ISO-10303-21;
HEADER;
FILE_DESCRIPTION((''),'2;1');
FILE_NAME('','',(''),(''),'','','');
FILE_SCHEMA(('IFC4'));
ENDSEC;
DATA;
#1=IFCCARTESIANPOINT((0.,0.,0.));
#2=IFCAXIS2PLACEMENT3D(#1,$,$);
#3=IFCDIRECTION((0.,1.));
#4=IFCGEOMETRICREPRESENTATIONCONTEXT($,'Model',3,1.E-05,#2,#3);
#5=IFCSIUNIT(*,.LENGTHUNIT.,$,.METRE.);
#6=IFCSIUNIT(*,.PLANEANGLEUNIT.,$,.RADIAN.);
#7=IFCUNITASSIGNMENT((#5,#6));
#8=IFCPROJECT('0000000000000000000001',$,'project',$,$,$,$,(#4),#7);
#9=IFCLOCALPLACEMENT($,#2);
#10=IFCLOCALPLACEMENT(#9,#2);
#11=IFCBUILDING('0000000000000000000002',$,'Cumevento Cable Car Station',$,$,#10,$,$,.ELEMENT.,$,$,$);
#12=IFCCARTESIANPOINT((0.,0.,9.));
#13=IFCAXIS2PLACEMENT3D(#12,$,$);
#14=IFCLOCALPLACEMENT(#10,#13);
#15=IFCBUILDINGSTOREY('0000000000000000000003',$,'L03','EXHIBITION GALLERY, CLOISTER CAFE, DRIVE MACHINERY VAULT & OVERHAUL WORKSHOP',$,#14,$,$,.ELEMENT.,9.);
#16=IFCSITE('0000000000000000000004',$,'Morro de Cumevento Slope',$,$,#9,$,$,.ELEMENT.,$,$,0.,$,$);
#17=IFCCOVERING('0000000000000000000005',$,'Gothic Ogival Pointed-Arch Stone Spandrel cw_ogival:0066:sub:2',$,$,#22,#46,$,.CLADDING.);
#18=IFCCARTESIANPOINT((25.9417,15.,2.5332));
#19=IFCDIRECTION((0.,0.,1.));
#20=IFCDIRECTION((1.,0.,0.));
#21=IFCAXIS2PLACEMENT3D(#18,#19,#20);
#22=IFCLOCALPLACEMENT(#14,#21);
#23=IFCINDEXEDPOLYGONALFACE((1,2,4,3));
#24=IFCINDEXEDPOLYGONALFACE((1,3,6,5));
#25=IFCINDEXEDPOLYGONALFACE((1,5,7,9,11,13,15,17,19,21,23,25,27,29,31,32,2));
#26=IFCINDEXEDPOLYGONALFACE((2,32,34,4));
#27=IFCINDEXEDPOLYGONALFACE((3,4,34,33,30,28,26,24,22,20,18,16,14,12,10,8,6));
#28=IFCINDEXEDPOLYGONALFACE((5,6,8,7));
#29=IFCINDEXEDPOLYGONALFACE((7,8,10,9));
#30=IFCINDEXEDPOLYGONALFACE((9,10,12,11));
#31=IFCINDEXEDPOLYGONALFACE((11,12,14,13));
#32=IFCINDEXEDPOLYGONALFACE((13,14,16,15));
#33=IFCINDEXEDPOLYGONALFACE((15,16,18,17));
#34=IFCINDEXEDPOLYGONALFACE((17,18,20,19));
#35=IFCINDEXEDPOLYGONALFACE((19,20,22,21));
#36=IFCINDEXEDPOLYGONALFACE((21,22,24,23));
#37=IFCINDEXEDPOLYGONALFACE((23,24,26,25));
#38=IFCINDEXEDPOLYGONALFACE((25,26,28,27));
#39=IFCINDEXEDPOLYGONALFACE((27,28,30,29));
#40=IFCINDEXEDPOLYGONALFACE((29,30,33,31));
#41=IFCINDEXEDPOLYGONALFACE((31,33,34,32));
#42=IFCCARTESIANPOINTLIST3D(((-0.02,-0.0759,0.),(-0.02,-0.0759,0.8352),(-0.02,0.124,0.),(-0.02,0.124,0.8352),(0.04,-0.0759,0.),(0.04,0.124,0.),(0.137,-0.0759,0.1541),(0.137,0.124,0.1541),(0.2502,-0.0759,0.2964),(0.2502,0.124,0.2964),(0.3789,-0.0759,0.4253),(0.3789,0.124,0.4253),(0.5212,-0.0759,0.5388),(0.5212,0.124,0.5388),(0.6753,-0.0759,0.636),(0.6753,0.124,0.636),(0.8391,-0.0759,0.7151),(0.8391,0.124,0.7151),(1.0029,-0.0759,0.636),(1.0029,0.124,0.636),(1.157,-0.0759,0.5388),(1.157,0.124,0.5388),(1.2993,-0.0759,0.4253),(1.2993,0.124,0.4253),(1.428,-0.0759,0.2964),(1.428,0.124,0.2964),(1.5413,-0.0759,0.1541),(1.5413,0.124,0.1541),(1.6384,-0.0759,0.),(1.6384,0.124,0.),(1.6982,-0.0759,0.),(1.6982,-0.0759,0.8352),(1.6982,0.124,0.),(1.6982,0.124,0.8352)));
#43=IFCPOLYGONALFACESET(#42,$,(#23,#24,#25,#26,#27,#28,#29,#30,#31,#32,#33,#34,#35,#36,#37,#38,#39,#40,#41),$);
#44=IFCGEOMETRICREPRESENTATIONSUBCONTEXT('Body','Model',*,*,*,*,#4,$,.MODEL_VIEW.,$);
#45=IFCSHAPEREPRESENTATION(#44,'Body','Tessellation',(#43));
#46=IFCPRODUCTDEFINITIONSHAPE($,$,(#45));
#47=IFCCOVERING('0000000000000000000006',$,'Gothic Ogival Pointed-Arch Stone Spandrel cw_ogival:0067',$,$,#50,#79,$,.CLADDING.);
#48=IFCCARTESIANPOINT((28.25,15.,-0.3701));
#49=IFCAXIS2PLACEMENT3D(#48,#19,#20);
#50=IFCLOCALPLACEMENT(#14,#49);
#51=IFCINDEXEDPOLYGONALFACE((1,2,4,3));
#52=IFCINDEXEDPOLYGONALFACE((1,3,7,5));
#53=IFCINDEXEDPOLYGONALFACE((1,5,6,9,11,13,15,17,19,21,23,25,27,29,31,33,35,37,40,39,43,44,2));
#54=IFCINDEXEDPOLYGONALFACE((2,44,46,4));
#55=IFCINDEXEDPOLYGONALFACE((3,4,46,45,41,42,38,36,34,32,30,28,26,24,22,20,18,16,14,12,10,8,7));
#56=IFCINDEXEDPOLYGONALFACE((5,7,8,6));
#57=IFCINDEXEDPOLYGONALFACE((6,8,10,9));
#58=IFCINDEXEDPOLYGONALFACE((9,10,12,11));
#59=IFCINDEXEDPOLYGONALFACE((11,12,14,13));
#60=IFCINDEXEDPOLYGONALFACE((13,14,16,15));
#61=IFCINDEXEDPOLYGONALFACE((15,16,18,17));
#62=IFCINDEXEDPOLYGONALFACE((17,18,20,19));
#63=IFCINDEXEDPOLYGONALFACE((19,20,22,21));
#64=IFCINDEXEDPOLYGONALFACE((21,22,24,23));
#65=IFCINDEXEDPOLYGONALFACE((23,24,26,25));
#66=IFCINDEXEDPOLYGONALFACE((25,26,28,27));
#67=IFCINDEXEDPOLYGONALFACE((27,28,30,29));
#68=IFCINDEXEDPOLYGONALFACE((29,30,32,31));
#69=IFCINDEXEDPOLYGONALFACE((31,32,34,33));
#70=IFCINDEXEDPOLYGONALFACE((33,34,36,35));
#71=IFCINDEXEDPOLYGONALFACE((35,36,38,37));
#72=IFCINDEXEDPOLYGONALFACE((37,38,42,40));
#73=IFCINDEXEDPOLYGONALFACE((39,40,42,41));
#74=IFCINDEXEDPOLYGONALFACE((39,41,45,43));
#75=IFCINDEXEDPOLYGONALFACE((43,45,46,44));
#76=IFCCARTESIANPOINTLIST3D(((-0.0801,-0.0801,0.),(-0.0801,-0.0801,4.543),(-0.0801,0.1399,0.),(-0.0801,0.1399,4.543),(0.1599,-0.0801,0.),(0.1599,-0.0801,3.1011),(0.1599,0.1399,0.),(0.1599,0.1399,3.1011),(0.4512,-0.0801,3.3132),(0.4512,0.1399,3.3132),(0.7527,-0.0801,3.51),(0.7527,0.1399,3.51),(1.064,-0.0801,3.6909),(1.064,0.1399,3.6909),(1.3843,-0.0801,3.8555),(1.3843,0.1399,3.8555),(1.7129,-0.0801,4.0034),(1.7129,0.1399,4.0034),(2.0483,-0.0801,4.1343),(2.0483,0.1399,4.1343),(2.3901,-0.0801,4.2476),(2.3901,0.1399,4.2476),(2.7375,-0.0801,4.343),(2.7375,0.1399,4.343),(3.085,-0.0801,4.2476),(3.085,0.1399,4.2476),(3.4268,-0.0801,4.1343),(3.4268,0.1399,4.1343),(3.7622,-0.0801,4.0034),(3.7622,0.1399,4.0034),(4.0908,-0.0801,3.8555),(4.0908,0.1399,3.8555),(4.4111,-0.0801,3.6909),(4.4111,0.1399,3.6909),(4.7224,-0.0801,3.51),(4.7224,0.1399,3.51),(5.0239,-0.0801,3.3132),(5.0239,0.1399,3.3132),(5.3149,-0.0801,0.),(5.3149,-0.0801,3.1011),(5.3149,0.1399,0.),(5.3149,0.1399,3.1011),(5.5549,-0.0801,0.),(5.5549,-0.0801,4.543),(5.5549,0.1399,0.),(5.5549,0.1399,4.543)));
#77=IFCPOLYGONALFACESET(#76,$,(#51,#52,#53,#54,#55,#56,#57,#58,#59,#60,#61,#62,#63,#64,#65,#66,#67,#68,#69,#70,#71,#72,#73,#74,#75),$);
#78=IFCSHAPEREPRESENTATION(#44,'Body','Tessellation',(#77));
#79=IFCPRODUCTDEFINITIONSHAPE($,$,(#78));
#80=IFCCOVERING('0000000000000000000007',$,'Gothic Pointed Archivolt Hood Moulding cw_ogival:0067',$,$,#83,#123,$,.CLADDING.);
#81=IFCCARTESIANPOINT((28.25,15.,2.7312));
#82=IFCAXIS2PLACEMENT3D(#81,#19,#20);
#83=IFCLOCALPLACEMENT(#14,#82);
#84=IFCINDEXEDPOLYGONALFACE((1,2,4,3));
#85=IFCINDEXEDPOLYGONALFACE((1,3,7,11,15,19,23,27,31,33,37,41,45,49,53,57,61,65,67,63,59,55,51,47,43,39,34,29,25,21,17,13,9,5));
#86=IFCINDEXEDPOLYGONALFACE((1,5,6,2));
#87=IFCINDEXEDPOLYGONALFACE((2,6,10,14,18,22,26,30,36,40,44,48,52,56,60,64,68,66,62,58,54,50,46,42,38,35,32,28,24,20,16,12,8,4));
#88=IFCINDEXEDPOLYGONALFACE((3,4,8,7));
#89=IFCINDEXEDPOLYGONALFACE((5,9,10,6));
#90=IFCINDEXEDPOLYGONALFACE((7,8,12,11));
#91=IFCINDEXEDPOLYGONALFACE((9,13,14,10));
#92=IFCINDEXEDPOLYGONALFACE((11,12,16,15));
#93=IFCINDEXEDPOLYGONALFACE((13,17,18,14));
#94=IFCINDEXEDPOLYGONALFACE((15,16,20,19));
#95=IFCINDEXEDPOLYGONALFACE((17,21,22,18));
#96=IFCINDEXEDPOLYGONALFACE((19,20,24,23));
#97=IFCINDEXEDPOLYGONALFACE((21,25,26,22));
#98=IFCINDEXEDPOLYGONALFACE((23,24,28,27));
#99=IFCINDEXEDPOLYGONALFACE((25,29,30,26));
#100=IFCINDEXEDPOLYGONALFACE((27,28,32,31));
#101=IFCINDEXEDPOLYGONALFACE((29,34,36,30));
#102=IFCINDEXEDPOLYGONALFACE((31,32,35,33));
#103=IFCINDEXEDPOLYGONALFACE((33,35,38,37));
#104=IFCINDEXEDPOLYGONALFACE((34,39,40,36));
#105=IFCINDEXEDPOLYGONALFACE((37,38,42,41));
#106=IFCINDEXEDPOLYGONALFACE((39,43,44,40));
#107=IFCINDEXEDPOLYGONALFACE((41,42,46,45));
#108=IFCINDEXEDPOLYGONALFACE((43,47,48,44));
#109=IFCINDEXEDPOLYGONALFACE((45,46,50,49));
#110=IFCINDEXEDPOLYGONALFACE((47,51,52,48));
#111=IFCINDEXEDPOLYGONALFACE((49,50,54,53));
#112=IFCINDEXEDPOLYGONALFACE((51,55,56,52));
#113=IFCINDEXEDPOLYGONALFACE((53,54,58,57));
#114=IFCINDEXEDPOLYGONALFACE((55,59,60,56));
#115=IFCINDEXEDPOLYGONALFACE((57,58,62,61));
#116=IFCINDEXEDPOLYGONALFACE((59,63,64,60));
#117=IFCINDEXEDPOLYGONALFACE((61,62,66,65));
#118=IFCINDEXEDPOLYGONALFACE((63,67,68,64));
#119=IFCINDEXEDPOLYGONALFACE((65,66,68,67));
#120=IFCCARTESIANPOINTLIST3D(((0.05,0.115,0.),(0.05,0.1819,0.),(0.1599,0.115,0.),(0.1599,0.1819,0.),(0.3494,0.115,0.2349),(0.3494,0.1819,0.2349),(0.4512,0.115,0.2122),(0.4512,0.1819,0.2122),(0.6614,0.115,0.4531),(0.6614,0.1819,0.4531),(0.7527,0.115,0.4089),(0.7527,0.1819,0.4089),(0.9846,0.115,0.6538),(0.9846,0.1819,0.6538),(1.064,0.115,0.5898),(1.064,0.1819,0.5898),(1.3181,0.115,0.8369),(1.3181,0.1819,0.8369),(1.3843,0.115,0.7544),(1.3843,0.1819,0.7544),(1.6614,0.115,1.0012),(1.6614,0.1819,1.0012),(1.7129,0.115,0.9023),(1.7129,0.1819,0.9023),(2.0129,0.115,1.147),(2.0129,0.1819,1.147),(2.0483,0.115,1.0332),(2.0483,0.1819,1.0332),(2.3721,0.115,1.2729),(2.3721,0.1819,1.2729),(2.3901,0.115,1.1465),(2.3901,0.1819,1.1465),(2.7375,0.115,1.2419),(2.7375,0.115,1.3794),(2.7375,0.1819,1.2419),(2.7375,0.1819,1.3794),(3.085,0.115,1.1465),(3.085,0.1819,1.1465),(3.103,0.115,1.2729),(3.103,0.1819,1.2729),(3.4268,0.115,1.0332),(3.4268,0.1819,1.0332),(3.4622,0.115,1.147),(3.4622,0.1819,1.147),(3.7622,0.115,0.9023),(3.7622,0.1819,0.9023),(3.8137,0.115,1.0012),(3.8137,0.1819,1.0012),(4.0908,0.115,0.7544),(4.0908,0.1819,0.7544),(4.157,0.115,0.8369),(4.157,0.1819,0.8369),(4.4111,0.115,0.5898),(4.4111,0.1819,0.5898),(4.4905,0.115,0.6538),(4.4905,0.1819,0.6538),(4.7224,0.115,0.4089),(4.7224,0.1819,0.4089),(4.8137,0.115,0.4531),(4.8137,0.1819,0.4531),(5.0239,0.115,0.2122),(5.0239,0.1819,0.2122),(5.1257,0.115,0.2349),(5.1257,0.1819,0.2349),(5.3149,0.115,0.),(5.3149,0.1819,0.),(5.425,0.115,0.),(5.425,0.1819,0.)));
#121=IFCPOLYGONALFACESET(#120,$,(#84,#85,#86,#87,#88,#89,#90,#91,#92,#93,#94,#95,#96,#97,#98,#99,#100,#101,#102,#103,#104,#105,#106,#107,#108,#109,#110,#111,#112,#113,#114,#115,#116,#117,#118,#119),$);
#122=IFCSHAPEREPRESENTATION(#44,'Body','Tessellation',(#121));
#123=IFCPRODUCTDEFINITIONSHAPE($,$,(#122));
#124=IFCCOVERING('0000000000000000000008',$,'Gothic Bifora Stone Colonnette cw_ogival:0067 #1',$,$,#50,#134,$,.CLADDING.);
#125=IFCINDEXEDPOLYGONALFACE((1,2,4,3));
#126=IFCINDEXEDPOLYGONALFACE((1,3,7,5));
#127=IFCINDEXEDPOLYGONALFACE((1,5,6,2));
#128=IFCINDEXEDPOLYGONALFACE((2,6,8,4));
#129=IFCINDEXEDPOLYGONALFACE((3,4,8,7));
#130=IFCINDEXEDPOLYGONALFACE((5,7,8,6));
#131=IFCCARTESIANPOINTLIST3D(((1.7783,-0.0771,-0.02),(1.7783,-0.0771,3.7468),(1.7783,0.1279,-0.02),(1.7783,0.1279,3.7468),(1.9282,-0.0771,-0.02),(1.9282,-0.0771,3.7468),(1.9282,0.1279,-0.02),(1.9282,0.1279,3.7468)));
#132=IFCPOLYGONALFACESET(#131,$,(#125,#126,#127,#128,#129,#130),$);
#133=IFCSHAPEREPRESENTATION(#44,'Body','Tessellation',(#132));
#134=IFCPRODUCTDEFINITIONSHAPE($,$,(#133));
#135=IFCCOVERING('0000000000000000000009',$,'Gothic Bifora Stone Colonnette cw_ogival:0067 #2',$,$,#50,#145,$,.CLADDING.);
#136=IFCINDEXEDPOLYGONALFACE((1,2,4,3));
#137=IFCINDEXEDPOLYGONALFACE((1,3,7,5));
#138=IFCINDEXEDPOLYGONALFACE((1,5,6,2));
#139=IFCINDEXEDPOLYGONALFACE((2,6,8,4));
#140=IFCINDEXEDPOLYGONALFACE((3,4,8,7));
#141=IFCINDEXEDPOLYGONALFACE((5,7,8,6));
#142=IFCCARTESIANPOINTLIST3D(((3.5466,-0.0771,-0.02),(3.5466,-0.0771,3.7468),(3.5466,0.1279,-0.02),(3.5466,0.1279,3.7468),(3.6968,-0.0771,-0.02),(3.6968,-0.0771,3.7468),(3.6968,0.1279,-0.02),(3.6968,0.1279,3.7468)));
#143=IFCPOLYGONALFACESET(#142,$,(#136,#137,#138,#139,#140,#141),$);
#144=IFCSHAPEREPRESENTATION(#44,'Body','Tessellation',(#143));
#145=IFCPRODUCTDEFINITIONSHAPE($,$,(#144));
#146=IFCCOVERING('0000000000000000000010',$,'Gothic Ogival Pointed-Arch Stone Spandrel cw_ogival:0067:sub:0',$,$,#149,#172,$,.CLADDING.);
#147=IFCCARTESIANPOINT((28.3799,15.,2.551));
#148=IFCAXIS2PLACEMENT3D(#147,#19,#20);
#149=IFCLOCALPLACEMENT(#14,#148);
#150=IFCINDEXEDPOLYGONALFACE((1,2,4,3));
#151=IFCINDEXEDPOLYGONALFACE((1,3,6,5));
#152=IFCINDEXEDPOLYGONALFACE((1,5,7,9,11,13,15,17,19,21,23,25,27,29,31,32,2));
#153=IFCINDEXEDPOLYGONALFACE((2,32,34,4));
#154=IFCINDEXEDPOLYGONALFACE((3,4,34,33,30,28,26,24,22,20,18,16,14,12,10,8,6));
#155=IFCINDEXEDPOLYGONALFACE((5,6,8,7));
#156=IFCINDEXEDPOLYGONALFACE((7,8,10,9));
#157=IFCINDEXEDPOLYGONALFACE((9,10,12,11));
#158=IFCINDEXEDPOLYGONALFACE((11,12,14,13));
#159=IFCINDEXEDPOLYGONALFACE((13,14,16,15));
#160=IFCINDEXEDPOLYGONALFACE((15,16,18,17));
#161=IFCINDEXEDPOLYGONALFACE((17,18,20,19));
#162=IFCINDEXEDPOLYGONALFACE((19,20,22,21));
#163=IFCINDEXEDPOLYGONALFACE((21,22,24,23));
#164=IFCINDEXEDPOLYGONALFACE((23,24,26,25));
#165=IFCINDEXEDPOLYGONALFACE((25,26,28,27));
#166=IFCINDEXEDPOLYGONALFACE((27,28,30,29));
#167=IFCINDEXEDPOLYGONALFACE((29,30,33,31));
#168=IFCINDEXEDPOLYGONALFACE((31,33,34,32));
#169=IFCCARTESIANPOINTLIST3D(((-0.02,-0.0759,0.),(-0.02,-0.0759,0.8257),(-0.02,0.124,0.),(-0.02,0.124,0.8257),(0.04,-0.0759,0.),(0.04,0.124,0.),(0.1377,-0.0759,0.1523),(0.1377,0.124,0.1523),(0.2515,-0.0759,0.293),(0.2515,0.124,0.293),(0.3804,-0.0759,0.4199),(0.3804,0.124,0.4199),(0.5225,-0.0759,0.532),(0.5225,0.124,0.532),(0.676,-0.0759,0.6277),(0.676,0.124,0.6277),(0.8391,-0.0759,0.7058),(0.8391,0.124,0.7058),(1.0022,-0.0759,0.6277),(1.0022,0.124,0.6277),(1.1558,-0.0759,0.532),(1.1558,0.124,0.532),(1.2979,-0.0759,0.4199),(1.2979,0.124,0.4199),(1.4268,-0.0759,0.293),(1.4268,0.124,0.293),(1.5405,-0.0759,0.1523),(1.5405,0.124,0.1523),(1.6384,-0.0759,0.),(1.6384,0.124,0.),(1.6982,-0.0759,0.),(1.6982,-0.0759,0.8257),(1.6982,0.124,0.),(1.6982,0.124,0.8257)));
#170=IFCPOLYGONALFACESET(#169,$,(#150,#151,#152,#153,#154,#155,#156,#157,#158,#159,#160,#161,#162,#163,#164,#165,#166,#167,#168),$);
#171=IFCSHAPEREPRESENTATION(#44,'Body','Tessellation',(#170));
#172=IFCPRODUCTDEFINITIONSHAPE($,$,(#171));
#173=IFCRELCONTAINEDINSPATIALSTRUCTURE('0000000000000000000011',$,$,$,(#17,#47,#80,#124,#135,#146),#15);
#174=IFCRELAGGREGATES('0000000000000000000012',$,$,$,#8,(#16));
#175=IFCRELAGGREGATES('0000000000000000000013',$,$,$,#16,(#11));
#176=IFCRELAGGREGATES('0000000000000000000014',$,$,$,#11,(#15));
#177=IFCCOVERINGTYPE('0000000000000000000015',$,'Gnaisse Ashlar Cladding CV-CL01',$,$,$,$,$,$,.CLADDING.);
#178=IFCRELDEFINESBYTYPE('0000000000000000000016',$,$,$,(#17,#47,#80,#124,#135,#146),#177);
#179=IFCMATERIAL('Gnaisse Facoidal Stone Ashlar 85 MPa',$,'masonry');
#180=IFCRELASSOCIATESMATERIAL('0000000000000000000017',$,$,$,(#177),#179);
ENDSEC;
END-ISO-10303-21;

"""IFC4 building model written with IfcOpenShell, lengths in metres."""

from ifc_helpers import new_model, si_unit, direction, frame, origin, place, context, subcontext, project, spatial, polyline, outline, extrude, material, type_object, element, save


model = new_model("IFC4")

# Units and contexts
model_context = context("Model", 3, precision=1e-05, world=origin(), true_north=direction((0.0, 1.0)))
body_context = subcontext(model_context, "Body", "Model", "MODEL_VIEW")
ifc_project = project(units=[si_unit("LENGTHUNIT", "METRE"), si_unit("PLANEANGLEUNIT", "RADIAN")], contexts=[model_context])

# Site, building, storey
site_placement = place(None, origin())
site = spatial("IfcSite", under=ifc_project, at=site_placement, Name="Morro de Cumevento Slope", CompositionType="ELEMENT", RefElevation=0.0)
building_placement = place(site_placement, origin())
building = spatial("IfcBuilding", under=site, at=building_placement, Name="Cumevento Cable Car Station", CompositionType="ELEMENT")
storey_placement = place(building_placement, frame((0.0, 0.0, 9.0)))
storey = spatial("IfcBuildingStorey", under=building, at=storey_placement, Name="L03", Description="EXHIBITION GALLERY, CLOISTER CAFE, DRIVE MACHINERY VAULT & OVERHAUL WORKSHOP", CompositionType="ELEMENT", Elevation=9.0)

# Coverings
ifc_material_1 = material(Name="Gnaisse Facoidal Stone Ashlar 85 MPa", Category="masonry")
covering_type = type_object("IfcCoveringType", Name="Gnaisse Ashlar Cladding CV-CL01", PredefinedType="CLADDING", material=ifc_material_1)
covering_1_placement = place(storey_placement, frame((25.9417, 15.0, 2.5332), z_axis=(0.0, 0.0, 1.0), x_axis=(1.0, 0.0, 0.0)))
element("IfcCovering", 1, at=covering_1_placement, inside=storey, type_object=covering_type, Name="Gothic Ogival Pointed-Arch Stone Spandrel cw_ogival:0066:sub:2", PredefinedType="CLADDING", context=body_context, shape_type="SweptSolid", body=[
    extrude(outline(polyline([(-0.02, 0.0), (-0.02, 0.8352), (1.6982, 0.8352), (1.6982, 0.0), (1.6384, 0.0), (1.5413, 0.1541), (1.428, 0.2964), (1.2993, 0.4253), (1.157, 0.5388), (1.0029, 0.636), (0.8391, 0.7151), (0.6753, 0.636), (0.5212, 0.5388), (0.3789, 0.4253), (0.2502, 0.2964), (0.137, 0.1541), (0.04, 0.0), (-0.02, 0.0)])), frame((0.0, 0.124, 0.0), z_axis=(0.0, -1.0, 0.0), x_axis=(1.0, 0.0, 0.0)), (0.0, 0.0, 1.0), 0.2),
])
placement = place(storey_placement, frame((28.25, 15.0, -0.3701), z_axis=(0.0, 0.0, 1.0), x_axis=(1.0, 0.0, 0.0)))
element("IfcCovering", 2, at=placement, inside=storey, type_object=covering_type, Name="Gothic Ogival Pointed-Arch Stone Spandrel cw_ogival:0067", PredefinedType="CLADDING", context=body_context, shape_type="SweptSolid", body=[
    extrude(outline(polyline([(-0.0801, 0.0), (-0.0801, 4.543), (5.5549, 4.543), (5.5549, 0.0), (5.3149, 0.0), (5.3149, 3.1011), (5.0239, 3.3132), (4.7224, 3.51), (4.4111, 3.6909), (4.0908, 3.8555), (3.7622, 4.0034), (3.4268, 4.1343), (3.085, 4.2476), (2.7375, 4.343), (2.3901, 4.2476), (2.0483, 4.1343), (1.7129, 4.0034), (1.3843, 3.8555), (1.064, 3.6909), (0.7527, 3.51), (0.4512, 3.3132), (0.1599, 3.1011), (0.1599, 0.0), (-0.0801, 0.0)])), frame((0.0, 0.1399, 0.0), z_axis=(0.0, -1.0, 0.0), x_axis=(1.0, 0.0, 0.0)), (0.0, 0.0, 1.0), 0.22),
])
covering_2_placement = place(storey_placement, frame((28.25, 15.0, 2.7312), z_axis=(0.0, 0.0, 1.0), x_axis=(1.0, 0.0, 0.0)))
element("IfcCovering", 3, at=covering_2_placement, inside=storey, type_object=covering_type, Name="Gothic Pointed Archivolt Hood Moulding cw_ogival:0067", PredefinedType="CLADDING", context=body_context, shape_type="SweptSolid", body=[
    extrude(outline(polyline([(0.1599, 0.0), (0.4512, 0.2122), (0.7527, 0.4089), (1.064, 0.5898), (1.3843, 0.7544), (1.7129, 0.9023), (2.0483, 1.0332), (2.3901, 1.1465), (2.7375, 1.2419), (3.085, 1.1465), (3.4268, 1.0332), (3.7622, 0.9023), (4.0908, 0.7544), (4.4111, 0.5898), (4.7224, 0.4089), (5.0239, 0.2122), (5.3149, 0.0), (5.425, 0.0), (5.1257, 0.2349), (4.8137, 0.4531), (4.4905, 0.6538), (4.157, 0.8369), (3.8137, 1.0012), (3.4622, 1.147), (3.103, 1.2729), (2.7375, 1.3794), (2.3721, 1.2729), (2.0129, 1.147), (1.6614, 1.0012), (1.3181, 0.8369), (0.9846, 0.6538), (0.6614, 0.4531), (0.3494, 0.2349), (0.05, 0.0), (0.1599, 0.0)])), frame((0.0, 0.1819, 0.0), z_axis=(0.0, -1.0, 0.0), x_axis=(1.0, 0.0, 0.0)), (0.0, 0.0, 1.0), 0.0669),
])
element("IfcCovering", 4, at=placement, inside=storey, type_object=covering_type, Name="Gothic Bifora Stone Colonnette cw_ogival:0067 #1", PredefinedType="CLADDING", context=body_context, shape_type="SweptSolid", body=[
    extrude(outline(polyline([(1.7783, -0.02), (1.9282, -0.02), (1.9282, 3.7468), (1.7783, 3.7468), (1.7783, -0.02)])), frame((0.0, 0.1279, 0.0), z_axis=(0.0, -1.0, 0.0), x_axis=(1.0, 0.0, 0.0)), (0.0, 0.0, 1.0), 0.2051),
])
element("IfcCovering", 5, at=placement, inside=storey, type_object=covering_type, Name="Gothic Bifora Stone Colonnette cw_ogival:0067 #2", PredefinedType="CLADDING", context=body_context, shape_type="SweptSolid", body=[
    extrude(outline(polyline([(3.5466, -0.02), (3.6968, -0.02), (3.6968, 3.7468), (3.5466, 3.7468), (3.5466, -0.02)])), frame((0.0, 0.1279, 0.0), z_axis=(0.0, -1.0, 0.0), x_axis=(1.0, 0.0, 0.0)), (0.0, 0.0, 1.0), 0.2051),
])
covering_3_placement = place(storey_placement, frame((28.3799, 15.0, 2.551), z_axis=(0.0, 0.0, 1.0), x_axis=(1.0, 0.0, 0.0)))
element("IfcCovering", 6, at=covering_3_placement, inside=storey, type_object=covering_type, Name="Gothic Ogival Pointed-Arch Stone Spandrel cw_ogival:0067:sub:0", PredefinedType="CLADDING", context=body_context, shape_type="SweptSolid", body=[
    extrude(outline(polyline([(-0.02, 0.0), (-0.02, 0.8257), (1.6982, 0.8257), (1.6982, 0.0), (1.6384, 0.0), (1.5405, 0.1523), (1.4268, 0.293), (1.2979, 0.4199), (1.1558, 0.532), (1.0022, 0.6277), (0.8391, 0.7058), (0.676, 0.6277), (0.5225, 0.532), (0.3804, 0.4199), (0.2515, 0.293), (0.1377, 0.1523), (0.04, 0.0), (-0.02, 0.0)])), frame((0.0, 0.124, 0.0), z_axis=(0.0, -1.0, 0.0), x_axis=(1.0, 0.0, 0.0)), (0.0, 0.0, 1.0), 0.2),
])

save(model, "model.ifc")
